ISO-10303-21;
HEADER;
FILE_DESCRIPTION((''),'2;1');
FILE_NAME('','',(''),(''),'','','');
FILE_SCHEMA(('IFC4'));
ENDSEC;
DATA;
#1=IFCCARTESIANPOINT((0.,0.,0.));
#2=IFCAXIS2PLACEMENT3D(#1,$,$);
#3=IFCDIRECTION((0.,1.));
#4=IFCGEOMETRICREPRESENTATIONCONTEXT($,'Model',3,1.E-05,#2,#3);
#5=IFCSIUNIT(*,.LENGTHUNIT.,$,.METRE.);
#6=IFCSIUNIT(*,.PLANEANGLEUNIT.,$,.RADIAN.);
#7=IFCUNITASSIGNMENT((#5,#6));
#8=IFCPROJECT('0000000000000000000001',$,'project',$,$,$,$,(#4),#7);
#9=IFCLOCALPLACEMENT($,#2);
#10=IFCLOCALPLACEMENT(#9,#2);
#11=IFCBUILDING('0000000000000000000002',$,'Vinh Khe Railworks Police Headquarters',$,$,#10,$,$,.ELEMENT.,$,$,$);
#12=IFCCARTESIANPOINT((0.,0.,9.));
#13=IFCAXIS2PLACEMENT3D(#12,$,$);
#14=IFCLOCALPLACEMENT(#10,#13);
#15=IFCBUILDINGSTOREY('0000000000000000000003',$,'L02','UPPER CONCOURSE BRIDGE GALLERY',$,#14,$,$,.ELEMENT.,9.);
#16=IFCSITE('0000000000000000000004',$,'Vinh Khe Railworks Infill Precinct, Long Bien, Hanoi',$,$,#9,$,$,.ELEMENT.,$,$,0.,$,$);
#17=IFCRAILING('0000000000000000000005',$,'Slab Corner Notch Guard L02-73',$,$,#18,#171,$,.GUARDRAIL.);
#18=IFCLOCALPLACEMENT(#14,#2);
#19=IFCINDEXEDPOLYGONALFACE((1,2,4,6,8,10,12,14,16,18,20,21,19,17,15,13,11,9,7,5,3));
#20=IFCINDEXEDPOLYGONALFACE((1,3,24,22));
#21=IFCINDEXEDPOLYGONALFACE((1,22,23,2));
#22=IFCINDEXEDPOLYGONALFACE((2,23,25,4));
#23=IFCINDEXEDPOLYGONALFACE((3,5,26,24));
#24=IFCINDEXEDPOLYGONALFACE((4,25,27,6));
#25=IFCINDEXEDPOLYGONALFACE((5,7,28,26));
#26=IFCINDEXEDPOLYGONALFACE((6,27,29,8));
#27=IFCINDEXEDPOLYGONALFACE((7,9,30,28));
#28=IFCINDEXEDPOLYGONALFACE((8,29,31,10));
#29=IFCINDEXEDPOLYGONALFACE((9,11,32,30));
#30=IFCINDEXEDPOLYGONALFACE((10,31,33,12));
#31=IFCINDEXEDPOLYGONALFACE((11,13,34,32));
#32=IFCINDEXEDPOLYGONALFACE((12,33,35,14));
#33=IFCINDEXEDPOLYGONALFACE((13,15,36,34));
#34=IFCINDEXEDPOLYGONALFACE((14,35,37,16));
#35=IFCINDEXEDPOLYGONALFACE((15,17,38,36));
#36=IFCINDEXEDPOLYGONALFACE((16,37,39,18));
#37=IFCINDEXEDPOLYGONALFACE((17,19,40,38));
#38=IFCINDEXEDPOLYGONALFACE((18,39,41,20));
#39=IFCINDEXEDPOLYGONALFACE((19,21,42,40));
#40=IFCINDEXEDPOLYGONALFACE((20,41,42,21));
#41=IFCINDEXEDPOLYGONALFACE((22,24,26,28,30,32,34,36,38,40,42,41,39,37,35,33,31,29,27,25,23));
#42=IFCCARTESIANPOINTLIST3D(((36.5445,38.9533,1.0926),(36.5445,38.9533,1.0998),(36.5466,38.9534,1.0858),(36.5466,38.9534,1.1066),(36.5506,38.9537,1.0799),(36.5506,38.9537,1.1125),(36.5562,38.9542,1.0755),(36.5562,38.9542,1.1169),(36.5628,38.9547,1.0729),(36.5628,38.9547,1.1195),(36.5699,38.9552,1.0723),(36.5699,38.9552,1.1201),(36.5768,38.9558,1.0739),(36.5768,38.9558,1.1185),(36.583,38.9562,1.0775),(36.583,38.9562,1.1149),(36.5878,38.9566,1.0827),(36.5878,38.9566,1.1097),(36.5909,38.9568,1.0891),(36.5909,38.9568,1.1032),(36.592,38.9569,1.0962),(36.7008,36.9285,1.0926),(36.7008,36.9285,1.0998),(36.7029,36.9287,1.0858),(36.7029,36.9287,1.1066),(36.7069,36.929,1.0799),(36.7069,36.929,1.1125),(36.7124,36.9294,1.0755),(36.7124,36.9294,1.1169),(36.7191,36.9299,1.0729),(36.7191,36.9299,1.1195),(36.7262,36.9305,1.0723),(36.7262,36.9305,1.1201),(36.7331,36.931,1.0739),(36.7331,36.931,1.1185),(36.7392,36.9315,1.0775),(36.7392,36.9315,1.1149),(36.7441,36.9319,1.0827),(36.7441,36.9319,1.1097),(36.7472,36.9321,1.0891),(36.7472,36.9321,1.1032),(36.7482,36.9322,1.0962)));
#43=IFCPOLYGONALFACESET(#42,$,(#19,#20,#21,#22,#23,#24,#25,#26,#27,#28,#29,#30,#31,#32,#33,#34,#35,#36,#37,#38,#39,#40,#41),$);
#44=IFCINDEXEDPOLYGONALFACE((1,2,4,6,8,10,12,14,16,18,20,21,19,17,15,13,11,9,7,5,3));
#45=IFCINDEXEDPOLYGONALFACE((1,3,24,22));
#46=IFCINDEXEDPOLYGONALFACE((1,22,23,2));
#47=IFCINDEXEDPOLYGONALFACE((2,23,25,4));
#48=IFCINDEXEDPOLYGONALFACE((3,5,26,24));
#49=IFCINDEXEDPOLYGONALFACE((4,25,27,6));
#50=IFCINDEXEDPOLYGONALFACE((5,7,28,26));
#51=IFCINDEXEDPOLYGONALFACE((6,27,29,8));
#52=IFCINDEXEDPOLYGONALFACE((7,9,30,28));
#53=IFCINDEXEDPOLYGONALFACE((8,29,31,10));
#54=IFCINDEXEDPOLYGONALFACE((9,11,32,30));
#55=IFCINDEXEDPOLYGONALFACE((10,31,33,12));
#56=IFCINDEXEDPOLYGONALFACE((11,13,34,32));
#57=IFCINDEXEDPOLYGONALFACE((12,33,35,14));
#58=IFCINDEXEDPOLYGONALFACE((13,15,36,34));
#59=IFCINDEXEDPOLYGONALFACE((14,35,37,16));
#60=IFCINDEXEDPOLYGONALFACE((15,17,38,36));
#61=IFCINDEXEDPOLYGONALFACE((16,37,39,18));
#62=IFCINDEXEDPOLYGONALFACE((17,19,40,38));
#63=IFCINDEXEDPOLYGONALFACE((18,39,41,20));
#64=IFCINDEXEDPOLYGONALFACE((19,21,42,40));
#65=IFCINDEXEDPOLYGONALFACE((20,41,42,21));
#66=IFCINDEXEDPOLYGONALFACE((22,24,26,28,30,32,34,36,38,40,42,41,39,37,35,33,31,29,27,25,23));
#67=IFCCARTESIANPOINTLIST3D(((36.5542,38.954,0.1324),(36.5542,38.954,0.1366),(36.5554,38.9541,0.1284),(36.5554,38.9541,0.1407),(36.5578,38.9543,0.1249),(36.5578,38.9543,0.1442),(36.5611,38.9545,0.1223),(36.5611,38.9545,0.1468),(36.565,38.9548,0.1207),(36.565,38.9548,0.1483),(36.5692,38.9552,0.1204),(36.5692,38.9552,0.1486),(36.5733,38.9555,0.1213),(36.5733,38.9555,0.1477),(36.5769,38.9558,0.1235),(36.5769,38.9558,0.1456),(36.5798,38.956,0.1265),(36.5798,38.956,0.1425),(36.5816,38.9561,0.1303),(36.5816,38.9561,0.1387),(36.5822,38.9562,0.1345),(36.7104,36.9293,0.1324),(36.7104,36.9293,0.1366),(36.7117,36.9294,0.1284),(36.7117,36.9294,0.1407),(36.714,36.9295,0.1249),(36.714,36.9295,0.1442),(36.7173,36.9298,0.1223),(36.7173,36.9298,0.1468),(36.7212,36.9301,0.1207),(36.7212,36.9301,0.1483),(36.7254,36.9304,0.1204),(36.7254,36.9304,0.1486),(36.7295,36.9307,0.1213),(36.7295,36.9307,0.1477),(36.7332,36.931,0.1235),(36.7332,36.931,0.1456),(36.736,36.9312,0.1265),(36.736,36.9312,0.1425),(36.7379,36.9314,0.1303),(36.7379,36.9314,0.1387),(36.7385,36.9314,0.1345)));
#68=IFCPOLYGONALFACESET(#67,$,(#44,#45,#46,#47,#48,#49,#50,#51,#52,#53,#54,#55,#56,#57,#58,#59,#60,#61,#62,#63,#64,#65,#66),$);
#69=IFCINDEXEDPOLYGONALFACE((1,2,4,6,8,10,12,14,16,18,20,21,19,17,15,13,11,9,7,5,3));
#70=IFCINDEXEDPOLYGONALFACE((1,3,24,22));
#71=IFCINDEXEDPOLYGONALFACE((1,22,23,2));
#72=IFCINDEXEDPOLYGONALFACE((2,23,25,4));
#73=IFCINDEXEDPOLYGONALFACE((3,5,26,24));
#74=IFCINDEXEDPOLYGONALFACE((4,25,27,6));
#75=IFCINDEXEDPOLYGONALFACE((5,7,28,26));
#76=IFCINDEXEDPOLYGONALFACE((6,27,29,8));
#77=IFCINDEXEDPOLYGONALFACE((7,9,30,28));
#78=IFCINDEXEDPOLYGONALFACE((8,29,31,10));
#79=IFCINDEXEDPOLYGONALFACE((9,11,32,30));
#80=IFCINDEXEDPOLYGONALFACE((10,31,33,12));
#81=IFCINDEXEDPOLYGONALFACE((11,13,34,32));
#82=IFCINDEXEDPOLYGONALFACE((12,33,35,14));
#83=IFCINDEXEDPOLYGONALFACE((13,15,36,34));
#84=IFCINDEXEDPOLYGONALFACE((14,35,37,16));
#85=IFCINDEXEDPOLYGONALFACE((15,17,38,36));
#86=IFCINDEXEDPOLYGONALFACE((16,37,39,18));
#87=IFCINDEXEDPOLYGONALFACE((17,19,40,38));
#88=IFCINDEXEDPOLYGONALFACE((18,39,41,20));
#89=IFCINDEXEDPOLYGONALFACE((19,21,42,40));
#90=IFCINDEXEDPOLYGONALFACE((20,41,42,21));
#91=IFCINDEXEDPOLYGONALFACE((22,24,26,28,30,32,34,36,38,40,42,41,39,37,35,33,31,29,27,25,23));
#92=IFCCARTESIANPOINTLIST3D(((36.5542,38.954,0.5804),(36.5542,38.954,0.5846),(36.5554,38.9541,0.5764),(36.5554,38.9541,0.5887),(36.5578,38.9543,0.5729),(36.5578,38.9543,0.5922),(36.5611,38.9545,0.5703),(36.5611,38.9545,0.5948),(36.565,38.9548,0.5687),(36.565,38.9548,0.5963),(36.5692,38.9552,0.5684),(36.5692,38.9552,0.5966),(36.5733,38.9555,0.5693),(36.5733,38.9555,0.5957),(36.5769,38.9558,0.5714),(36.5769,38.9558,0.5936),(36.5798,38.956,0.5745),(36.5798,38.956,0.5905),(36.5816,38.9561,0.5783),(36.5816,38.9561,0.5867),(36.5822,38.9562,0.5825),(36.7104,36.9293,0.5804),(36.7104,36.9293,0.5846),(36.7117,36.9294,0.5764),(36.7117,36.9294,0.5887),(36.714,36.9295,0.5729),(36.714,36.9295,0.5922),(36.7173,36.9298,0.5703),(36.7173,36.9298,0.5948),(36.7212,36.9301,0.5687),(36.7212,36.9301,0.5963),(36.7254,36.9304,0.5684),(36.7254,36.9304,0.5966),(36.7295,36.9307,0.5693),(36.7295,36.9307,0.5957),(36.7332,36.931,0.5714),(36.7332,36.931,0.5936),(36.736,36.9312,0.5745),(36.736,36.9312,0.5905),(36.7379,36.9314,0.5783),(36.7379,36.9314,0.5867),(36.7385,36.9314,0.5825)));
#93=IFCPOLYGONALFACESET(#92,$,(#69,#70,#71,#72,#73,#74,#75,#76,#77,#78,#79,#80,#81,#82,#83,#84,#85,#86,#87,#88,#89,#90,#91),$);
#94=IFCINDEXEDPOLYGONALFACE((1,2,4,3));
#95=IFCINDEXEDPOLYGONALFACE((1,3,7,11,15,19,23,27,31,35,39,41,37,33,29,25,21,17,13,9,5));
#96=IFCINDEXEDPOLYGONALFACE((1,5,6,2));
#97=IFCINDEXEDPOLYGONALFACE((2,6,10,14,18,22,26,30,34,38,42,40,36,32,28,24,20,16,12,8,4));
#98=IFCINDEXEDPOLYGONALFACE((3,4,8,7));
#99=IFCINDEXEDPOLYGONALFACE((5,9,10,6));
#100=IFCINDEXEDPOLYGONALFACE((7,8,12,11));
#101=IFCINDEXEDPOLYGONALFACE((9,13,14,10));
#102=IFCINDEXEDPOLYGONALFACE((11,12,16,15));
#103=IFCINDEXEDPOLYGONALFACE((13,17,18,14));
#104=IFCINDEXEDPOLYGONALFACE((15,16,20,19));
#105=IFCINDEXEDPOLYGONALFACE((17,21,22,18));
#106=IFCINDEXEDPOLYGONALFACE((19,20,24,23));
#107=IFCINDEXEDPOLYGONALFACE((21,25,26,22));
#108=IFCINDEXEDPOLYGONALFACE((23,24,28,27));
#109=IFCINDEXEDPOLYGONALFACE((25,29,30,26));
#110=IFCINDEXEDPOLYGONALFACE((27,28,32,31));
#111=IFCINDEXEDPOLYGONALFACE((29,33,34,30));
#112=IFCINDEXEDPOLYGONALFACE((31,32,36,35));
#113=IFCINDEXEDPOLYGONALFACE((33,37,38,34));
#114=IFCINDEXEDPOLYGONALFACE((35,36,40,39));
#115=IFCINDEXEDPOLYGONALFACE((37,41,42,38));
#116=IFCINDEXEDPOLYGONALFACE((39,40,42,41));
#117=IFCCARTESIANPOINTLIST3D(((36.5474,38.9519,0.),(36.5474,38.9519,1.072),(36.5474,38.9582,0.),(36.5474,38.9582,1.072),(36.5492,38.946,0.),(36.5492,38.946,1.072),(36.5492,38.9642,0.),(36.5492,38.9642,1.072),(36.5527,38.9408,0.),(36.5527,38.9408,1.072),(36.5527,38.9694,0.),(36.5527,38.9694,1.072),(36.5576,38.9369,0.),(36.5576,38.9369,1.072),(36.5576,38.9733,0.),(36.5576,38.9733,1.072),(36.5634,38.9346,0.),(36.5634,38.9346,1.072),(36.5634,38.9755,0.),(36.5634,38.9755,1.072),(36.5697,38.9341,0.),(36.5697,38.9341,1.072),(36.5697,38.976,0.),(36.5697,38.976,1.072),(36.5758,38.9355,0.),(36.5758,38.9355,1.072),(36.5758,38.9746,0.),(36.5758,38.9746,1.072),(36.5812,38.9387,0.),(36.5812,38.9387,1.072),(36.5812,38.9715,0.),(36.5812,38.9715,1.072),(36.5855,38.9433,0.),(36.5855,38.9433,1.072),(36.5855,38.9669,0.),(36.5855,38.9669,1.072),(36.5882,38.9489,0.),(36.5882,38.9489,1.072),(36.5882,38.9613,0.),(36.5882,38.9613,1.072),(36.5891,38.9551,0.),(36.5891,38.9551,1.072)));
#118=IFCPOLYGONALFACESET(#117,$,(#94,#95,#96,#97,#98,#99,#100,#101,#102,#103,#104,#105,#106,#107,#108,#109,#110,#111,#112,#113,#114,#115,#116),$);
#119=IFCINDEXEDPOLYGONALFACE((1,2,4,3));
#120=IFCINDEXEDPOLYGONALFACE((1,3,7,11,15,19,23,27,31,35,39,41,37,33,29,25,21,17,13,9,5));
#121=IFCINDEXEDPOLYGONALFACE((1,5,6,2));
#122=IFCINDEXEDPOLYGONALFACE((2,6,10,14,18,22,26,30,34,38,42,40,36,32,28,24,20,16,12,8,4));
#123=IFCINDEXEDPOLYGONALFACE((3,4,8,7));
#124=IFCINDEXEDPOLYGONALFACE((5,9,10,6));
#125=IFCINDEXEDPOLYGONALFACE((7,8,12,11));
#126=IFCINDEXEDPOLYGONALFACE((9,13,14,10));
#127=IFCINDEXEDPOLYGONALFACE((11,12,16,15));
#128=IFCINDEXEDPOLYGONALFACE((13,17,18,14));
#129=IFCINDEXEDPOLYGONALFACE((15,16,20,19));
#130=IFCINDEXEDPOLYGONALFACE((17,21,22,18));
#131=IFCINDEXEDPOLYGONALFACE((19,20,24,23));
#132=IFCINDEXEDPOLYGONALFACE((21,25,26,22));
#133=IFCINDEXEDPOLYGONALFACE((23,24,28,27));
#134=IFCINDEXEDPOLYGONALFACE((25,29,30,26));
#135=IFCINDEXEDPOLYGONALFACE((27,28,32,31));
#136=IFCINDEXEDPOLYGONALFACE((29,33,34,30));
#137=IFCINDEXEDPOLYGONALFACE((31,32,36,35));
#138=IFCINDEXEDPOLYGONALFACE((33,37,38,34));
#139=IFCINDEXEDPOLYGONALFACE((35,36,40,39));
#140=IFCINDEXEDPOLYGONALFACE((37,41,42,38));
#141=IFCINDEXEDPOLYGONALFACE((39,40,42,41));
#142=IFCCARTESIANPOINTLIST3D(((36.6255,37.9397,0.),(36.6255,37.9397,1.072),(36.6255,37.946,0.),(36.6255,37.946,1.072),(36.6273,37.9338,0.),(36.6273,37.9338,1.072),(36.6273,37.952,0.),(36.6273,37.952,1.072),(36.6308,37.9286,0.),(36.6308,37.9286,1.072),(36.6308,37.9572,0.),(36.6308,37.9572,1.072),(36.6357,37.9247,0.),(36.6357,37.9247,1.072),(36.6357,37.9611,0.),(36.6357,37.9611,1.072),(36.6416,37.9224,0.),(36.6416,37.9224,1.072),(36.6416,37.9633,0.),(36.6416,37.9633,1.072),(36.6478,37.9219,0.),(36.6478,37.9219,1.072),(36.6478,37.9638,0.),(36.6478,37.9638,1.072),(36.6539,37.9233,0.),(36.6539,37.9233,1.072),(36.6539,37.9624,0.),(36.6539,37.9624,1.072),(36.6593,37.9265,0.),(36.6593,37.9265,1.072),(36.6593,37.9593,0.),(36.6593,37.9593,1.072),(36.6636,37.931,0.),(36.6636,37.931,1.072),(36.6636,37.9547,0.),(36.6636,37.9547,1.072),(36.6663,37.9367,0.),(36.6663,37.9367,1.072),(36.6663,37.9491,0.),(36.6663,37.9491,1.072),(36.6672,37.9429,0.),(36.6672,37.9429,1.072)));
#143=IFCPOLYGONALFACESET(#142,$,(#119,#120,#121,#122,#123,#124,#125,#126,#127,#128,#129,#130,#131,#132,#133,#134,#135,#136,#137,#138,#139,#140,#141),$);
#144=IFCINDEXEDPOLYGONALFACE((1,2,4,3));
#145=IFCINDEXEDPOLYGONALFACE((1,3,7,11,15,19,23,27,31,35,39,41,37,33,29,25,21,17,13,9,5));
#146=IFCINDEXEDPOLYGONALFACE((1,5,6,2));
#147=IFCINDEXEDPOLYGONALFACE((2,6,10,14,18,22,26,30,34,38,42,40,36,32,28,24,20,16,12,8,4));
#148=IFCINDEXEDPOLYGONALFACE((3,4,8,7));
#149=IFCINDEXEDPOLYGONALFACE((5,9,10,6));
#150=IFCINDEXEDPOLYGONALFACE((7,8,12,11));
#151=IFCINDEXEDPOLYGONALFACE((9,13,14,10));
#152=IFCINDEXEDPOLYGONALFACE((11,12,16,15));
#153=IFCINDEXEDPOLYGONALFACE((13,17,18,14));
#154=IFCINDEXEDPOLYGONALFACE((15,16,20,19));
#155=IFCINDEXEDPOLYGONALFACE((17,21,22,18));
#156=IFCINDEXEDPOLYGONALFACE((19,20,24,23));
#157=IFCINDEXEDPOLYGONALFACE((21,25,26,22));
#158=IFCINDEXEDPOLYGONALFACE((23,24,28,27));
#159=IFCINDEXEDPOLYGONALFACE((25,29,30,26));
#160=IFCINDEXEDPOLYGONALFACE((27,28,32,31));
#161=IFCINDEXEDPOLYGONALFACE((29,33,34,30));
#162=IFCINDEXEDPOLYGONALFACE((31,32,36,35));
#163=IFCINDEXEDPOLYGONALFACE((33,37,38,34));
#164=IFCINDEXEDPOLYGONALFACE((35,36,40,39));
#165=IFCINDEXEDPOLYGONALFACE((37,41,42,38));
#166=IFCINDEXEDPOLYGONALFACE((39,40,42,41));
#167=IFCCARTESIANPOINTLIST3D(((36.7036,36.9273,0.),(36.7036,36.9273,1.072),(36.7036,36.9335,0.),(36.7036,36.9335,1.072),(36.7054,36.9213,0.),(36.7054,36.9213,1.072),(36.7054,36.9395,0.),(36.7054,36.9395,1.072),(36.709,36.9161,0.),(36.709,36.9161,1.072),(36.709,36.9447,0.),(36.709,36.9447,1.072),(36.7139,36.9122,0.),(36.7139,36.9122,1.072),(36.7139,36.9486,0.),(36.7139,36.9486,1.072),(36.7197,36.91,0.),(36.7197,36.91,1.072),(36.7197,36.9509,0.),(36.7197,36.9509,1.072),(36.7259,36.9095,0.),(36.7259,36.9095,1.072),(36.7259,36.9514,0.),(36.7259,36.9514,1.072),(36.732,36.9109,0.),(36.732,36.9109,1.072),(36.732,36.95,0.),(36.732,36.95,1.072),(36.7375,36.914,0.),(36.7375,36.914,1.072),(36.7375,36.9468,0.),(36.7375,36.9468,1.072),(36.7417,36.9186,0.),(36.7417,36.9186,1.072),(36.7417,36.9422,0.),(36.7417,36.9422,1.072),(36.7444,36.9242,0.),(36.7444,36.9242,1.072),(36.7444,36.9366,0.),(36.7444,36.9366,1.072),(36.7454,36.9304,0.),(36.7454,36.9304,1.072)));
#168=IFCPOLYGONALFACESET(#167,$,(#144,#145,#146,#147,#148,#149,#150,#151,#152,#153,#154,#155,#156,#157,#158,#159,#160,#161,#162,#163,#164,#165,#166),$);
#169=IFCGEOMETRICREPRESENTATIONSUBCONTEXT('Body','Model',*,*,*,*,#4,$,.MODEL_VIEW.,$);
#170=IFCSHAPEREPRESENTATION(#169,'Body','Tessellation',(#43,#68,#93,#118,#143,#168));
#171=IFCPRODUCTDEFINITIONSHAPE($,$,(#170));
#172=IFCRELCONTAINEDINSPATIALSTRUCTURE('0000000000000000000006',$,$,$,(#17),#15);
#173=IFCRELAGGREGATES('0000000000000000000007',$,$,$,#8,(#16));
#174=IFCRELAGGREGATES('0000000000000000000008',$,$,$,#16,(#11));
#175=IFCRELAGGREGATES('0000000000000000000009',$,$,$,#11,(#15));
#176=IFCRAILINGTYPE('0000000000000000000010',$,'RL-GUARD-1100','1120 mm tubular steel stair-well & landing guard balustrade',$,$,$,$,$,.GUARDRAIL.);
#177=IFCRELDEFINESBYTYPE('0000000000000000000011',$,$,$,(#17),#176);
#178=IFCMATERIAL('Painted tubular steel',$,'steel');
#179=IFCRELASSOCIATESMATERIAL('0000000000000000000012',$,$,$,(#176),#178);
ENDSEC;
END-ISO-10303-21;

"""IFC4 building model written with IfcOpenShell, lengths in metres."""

from ifc_helpers import new_model, si_unit, direction, frame, origin, origin_2d, place, context, subcontext, project, spatial, circle, extrude, material, type_object, element, save


model = new_model("IFC4")

# Units and contexts
model_context = context("Model", 3, precision=1e-05, world=origin(), true_north=direction((0.0, 1.0)))
body_context = subcontext(model_context, "Body", "Model", "MODEL_VIEW")
ifc_project = project(units=[si_unit("LENGTHUNIT", "METRE"), si_unit("PLANEANGLEUNIT", "RADIAN")], contexts=[model_context])

# Site, building, storey
site_placement = place(None, origin())
site = spatial("IfcSite", under=ifc_project, at=site_placement, Name="Vinh Khe Railworks Infill Precinct, Long Bien, Hanoi", CompositionType="ELEMENT", RefElevation=0.0)
building_placement = place(site_placement, origin())
building = spatial("IfcBuilding", under=site, at=building_placement, Name="Vinh Khe Railworks Police Headquarters", CompositionType="ELEMENT")
storey_placement = place(building_placement, frame((0.0, 0.0, 9.0)))
storey = spatial("IfcBuildingStorey", under=building, at=storey_placement, Name="L02", Description="UPPER CONCOURSE BRIDGE GALLERY", CompositionType="ELEMENT", Elevation=9.0)

# Railing
ifc_material_1 = material(Name="Painted tubular steel", Category="steel")
railing_type = type_object("IfcRailingType", Name="RL-GUARD-1100", Description="1120 mm tubular steel stair-well & landing guard balustrade", PredefinedType="GUARDRAIL", material=ifc_material_1)
railing_1_placement = place(storey_placement, frame((36.5681, 38.9551, 0.0)))
element("IfcRailing", 1, at=railing_1_placement, inside=storey, type_object=railing_type, Name="Slab Corner Notch Guard L02-73", PredefinedType="GUARDRAIL", context=body_context, shape_type="SweptSolid", body=[
    extrude(circle(Radius=0.0239, at=origin_2d()), frame((0.0, 0.0, 1.0962), z_axis=(0.076945, -0.997035, 0.0), x_axis=(0.997035, 0.076945, 0.0)), (0.0, 0.0, 1.0), 2.0308),
    extrude(circle(Radius=0.0142, at=origin_2d()), frame((0.0, 0.0, 0.1345), z_axis=(0.076945, -0.997035, 0.0), x_axis=(0.997035, 0.076945, 0.0)), (0.0, 0.0, 1.0), 2.0308),
    extrude(circle(Radius=0.0142, at=origin_2d()), frame((0.0, 0.0, 0.5825), z_axis=(0.076945, -0.997035, 0.0), x_axis=(0.997035, 0.076945, 0.0)), (0.0, 0.0, 1.0), 2.0308),
    extrude(circle(Radius=0.021, at=origin_2d()), origin(), (0.0, 0.0, 1.0), 1.072),
    extrude(circle(Radius=0.021, at=origin_2d()), frame((0.0781, -1.0122, 0.0)), (0.0, 0.0, 1.0), 1.072),
    extrude(circle(Radius=0.021, at=origin_2d()), frame((0.1562, -2.0247, 0.0)), (0.0, 0.0, 1.0), 1.072),
])

save(model, "model.ifc")
